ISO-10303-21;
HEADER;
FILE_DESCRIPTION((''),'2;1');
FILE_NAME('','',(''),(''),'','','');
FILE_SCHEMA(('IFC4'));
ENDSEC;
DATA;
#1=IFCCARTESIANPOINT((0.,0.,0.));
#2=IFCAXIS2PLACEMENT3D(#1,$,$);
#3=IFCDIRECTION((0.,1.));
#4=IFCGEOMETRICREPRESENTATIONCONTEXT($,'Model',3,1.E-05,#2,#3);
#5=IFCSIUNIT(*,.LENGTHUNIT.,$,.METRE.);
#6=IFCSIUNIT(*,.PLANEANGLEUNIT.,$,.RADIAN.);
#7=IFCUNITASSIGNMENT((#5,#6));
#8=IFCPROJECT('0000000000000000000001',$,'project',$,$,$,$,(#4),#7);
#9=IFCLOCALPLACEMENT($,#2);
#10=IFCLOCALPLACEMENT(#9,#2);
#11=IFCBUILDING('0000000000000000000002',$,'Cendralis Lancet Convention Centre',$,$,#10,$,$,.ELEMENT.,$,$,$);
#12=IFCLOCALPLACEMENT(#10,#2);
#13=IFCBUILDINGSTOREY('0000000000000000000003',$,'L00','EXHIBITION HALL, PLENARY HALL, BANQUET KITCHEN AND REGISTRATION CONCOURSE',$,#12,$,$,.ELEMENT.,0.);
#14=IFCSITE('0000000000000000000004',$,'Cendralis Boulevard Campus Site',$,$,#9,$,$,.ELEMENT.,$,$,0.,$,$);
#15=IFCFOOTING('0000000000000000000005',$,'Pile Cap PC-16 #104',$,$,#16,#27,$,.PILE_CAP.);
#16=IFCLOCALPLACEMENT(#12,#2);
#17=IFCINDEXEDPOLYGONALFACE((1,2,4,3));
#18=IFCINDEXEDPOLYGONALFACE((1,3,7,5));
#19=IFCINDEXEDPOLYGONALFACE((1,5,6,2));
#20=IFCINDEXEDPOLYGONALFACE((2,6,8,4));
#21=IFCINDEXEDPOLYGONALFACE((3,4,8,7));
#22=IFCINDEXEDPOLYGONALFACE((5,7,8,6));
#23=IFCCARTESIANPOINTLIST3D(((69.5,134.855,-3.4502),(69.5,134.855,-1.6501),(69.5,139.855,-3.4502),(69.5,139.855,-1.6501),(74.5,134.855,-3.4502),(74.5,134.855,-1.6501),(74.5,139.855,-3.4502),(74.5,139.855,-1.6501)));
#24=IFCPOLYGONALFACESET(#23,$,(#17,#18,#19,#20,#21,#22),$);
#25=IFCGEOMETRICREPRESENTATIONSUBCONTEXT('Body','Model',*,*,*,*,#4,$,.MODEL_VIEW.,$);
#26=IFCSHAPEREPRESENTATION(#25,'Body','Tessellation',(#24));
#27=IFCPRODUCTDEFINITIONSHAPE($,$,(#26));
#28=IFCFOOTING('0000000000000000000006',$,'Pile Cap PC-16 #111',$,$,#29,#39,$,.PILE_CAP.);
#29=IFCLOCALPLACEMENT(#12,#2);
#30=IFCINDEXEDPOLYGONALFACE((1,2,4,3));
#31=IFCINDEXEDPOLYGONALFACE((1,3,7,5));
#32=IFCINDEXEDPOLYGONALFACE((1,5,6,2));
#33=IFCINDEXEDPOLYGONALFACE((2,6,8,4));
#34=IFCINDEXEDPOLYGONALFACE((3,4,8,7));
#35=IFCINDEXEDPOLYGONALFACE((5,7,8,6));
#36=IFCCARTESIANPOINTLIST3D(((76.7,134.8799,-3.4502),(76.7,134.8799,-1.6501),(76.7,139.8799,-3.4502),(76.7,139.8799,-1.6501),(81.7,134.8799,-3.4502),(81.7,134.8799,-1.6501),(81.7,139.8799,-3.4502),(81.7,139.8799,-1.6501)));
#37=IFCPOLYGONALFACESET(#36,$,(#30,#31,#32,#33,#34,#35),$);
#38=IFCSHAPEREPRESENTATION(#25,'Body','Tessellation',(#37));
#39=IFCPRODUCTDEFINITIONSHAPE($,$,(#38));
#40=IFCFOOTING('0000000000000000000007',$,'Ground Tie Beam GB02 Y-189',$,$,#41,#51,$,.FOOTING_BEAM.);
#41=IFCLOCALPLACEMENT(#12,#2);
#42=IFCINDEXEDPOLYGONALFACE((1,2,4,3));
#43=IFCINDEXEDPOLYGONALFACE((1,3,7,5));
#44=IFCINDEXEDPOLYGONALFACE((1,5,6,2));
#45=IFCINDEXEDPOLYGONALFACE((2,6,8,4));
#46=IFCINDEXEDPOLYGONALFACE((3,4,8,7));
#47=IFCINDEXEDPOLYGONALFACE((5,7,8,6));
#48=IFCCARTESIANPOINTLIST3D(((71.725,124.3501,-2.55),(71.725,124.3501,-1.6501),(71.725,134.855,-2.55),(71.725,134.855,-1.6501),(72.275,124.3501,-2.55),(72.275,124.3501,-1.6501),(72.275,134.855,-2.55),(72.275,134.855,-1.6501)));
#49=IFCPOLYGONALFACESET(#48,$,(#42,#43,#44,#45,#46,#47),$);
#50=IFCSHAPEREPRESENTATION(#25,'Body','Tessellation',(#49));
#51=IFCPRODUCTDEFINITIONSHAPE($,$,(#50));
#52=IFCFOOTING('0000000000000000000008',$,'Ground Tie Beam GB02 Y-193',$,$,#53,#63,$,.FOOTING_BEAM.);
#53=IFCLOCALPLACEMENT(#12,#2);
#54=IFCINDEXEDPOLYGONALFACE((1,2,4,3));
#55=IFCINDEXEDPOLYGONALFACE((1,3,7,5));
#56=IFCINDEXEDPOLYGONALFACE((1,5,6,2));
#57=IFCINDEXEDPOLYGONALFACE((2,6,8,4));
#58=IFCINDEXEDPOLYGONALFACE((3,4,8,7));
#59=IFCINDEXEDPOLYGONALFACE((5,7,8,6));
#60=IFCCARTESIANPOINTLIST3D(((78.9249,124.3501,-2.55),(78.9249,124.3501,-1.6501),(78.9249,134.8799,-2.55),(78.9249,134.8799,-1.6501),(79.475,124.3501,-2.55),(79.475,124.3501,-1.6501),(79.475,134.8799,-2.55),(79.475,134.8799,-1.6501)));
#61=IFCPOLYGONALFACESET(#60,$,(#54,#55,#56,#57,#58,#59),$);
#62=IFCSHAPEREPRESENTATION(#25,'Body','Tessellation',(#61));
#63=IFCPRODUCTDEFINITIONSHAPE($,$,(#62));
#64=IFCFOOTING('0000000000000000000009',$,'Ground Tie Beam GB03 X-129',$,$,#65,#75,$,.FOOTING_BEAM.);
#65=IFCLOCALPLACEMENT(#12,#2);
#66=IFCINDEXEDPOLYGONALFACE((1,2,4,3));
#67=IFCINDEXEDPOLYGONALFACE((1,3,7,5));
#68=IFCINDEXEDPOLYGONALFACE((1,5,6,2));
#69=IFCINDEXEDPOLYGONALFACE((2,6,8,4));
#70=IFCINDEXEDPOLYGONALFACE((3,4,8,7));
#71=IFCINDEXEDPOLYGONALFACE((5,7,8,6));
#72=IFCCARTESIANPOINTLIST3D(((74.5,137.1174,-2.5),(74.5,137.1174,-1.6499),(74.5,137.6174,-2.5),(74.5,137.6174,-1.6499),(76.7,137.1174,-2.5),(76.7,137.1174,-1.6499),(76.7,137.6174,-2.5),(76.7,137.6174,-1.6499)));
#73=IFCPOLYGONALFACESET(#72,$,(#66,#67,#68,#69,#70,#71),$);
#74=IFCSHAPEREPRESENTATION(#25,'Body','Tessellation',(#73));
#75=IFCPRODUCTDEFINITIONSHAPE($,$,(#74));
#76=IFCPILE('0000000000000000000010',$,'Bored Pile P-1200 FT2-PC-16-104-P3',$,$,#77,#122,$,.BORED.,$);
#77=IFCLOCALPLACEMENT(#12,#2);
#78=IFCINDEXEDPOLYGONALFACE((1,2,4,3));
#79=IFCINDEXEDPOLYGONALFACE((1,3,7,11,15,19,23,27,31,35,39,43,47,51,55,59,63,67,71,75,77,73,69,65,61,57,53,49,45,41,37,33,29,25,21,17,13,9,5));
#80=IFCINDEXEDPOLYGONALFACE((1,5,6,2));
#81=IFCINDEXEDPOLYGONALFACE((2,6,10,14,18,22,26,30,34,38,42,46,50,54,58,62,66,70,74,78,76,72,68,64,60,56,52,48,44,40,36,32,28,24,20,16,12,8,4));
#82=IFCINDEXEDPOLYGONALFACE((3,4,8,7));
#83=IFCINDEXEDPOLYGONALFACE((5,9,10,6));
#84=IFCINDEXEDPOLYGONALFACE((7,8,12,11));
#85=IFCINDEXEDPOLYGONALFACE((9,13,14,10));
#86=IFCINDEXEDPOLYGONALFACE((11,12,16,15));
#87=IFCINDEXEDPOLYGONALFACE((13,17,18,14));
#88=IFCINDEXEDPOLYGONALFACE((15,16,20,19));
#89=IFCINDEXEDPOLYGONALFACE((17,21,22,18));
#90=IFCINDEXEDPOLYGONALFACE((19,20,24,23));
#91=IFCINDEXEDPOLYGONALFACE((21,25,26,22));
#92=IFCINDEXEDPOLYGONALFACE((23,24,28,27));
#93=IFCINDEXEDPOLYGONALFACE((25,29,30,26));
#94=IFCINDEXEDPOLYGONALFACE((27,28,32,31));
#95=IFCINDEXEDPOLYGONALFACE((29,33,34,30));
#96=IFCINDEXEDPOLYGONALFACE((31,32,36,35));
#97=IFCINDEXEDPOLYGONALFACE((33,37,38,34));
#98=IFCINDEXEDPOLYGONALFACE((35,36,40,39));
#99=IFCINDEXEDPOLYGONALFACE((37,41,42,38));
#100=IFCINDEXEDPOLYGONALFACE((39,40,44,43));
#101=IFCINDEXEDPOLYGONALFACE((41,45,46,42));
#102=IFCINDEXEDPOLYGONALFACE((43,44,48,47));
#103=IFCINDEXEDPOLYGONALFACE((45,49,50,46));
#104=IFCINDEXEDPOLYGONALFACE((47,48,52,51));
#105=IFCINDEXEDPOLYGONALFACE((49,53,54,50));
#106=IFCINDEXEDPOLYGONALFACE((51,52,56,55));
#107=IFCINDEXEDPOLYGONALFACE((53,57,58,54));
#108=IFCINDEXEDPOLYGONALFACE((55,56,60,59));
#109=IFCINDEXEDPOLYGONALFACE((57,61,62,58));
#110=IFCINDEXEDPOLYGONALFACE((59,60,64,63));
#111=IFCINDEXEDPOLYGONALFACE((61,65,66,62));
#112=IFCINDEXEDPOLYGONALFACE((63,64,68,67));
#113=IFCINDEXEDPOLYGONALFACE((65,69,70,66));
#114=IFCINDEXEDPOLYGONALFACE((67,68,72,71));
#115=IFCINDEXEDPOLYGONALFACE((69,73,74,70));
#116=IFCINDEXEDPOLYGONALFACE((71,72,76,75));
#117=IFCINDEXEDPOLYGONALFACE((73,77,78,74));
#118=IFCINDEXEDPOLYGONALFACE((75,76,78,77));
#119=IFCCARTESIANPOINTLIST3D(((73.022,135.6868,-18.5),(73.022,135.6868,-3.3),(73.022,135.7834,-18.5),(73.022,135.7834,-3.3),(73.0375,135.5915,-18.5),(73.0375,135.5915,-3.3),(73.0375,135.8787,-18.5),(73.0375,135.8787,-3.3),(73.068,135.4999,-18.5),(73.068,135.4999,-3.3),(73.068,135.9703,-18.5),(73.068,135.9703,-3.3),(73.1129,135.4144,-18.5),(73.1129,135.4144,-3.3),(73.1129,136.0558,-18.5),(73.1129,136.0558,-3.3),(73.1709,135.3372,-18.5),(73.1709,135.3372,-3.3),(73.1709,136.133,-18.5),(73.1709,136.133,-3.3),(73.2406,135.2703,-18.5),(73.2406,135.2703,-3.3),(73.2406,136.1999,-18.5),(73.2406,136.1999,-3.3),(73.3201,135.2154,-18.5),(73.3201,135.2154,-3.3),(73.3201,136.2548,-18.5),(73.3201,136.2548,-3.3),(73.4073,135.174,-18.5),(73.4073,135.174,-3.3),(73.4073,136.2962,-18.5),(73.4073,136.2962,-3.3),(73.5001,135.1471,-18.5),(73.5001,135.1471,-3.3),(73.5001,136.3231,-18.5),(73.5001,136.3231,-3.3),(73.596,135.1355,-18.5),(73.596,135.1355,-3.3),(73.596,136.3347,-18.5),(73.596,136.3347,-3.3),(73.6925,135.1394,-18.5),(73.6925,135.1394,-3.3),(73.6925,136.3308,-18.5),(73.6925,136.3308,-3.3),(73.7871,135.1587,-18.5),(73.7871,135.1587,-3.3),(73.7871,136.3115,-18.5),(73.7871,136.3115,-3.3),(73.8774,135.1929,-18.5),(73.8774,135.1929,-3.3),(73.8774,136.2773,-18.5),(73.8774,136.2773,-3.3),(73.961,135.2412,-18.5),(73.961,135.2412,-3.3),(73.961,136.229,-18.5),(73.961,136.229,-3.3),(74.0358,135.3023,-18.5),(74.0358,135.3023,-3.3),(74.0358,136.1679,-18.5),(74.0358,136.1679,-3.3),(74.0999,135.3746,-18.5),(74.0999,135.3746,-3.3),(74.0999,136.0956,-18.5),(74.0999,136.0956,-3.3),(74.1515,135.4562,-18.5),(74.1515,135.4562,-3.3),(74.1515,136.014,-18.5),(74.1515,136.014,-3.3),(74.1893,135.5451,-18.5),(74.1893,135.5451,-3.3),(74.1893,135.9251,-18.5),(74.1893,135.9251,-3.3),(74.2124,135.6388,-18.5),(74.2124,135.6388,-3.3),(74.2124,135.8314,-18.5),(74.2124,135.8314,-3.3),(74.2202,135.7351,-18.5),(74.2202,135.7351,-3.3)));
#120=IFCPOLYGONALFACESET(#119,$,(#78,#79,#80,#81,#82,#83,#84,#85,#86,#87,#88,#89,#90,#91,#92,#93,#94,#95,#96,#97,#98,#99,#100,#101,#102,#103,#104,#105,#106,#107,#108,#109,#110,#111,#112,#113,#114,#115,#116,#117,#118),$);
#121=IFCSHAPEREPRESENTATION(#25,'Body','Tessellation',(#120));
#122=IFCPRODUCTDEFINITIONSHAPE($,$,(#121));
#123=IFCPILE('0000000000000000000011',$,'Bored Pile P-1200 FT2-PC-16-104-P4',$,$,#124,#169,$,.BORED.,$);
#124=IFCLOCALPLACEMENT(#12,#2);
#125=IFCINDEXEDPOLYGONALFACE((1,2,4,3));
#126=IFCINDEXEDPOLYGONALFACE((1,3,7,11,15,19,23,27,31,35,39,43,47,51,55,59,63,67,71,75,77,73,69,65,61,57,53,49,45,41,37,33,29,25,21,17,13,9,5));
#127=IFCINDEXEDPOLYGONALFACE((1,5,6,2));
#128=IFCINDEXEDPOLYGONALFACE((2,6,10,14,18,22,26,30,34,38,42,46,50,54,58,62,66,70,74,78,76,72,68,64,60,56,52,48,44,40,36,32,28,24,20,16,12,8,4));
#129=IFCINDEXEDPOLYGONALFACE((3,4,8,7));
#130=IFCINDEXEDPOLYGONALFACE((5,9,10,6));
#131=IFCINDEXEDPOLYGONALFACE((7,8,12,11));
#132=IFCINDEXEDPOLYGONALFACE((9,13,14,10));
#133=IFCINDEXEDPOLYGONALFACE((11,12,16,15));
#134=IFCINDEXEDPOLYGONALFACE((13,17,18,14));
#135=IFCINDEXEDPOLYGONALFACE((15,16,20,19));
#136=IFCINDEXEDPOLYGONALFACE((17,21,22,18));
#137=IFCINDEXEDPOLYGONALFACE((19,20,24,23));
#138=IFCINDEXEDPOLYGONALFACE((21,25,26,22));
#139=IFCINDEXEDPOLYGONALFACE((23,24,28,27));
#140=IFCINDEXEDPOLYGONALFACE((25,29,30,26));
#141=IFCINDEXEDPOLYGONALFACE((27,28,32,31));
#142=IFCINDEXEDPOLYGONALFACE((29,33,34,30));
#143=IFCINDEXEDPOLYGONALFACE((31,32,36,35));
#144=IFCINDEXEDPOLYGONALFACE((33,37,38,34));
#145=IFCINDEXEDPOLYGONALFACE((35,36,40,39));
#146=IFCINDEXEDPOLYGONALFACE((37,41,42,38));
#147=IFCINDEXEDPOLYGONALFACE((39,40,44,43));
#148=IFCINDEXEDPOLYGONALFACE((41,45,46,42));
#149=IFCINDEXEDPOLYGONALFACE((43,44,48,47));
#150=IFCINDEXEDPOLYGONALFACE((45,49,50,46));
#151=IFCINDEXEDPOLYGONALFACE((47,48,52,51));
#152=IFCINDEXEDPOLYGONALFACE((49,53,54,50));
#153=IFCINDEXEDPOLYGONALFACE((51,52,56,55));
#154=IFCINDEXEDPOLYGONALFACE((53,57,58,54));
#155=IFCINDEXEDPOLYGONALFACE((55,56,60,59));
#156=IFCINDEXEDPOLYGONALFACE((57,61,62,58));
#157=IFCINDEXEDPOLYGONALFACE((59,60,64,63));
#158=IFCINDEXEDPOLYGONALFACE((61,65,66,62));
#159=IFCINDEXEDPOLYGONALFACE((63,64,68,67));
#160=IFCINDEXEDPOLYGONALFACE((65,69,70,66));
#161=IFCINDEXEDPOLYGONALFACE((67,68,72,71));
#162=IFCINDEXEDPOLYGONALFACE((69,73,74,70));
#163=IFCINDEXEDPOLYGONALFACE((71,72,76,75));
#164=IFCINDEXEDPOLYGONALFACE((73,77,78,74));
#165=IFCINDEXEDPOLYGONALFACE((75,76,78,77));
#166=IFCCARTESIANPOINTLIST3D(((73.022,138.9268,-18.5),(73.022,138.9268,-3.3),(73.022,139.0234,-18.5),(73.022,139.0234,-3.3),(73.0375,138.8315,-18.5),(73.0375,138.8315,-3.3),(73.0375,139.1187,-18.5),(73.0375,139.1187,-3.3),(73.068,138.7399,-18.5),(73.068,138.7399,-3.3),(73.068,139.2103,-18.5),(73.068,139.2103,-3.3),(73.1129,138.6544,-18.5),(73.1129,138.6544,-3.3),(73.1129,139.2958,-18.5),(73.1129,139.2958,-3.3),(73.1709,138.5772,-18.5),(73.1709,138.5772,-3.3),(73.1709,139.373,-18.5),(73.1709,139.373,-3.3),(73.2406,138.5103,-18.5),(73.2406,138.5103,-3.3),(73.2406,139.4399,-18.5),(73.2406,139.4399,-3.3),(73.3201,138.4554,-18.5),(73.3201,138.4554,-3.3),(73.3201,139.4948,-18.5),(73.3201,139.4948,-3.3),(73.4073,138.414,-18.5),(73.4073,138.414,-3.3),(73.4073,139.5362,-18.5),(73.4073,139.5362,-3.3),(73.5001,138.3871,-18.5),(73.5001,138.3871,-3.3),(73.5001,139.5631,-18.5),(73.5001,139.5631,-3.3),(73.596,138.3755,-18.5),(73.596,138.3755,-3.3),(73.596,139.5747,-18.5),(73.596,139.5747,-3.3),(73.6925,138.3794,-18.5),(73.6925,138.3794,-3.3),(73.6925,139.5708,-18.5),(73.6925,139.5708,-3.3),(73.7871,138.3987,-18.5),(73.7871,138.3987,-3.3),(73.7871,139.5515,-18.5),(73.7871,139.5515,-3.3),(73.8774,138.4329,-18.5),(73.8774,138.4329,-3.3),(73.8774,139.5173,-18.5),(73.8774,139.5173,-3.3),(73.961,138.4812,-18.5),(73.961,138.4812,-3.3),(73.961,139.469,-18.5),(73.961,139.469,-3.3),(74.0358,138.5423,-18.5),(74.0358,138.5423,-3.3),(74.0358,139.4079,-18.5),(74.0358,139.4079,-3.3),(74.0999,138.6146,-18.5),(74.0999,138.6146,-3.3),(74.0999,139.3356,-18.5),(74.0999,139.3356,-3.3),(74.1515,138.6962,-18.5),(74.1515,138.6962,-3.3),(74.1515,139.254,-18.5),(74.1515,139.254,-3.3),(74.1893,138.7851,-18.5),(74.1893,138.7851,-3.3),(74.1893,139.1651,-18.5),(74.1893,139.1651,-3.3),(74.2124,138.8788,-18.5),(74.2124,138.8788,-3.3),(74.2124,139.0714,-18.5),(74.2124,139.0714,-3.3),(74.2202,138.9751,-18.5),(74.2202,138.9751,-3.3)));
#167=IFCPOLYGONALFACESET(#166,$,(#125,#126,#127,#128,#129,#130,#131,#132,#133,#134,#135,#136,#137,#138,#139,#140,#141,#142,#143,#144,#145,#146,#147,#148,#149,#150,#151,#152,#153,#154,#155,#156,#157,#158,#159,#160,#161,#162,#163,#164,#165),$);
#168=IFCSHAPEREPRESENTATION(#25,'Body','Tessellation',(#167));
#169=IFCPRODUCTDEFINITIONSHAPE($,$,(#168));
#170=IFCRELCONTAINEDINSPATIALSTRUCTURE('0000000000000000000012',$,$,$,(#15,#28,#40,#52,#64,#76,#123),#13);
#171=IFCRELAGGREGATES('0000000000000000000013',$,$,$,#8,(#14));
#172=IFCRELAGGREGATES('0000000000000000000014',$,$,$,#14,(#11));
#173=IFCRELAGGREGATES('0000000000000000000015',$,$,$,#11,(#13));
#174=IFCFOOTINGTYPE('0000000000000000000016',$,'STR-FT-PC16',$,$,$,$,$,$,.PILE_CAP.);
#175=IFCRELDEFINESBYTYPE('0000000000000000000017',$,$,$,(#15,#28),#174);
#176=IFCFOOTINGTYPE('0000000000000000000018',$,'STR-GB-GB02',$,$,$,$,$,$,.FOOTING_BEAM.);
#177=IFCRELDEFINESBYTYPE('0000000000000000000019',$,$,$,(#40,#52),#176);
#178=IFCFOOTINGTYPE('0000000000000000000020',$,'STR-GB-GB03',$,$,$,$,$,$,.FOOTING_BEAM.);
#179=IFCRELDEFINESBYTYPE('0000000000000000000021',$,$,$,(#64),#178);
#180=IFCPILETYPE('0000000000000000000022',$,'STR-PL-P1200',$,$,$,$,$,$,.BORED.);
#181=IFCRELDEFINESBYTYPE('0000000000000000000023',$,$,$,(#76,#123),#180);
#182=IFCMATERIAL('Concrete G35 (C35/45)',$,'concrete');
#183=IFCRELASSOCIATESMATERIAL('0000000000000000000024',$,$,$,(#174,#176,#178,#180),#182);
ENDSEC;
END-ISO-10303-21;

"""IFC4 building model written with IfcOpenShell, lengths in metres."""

from ifc_helpers import new_model, si_unit, direction, frame, origin, origin_2d, place, context, subcontext, project, spatial, rectangle, circle, extrude, material, material_profile, profile_set, type_object, element, save


model = new_model("IFC4")

# Units and contexts
model_context = context("Model", 3, precision=1e-05, world=origin(), true_north=direction((0.0, 1.0)))
body_context = subcontext(model_context, "Body", "Model", "MODEL_VIEW")
ifc_project = project(units=[si_unit("LENGTHUNIT", "METRE"), si_unit("PLANEANGLEUNIT", "RADIAN")], contexts=[model_context])

# Site, building, storey
site_placement = place(None, origin())
site = spatial("IfcSite", under=ifc_project, at=site_placement, Name="Cendralis Boulevard Campus Site", CompositionType="ELEMENT", RefElevation=0.0)
building_placement = place(site_placement, origin())
building = spatial("IfcBuilding", under=site, at=building_placement, Name="Cendralis Lancet Convention Centre", CompositionType="ELEMENT")
storey_placement = place(building_placement, origin())
storey = spatial("IfcBuildingStorey", under=building, at=storey_placement, Name="L00", Description="EXHIBITION HALL, PLENARY HALL, BANQUET KITCHEN AND REGISTRATION CONCOURSE", CompositionType="ELEMENT", Elevation=0.0)

# Footings
ifc_material_1 = material(Name="Concrete G35 (C35/45)", Category="concrete")
footing_type_1 = type_object("IfcFootingType", Name="STR-FT-PC16", PredefinedType="PILE_CAP", material=ifc_material_1)
for number, where, z_axis, x_axis, name in (
    (1, (72.0, 137.355, -3.4502), (0.0, 0.0, 1.0), (1.0, 0.0, 0.0), "Pile Cap PC-16 #104"),
    (2, (79.2, 137.3799, -3.4502), (0.0, 0.0, 1.0), (1.0, 0.0, 0.0), "Pile Cap PC-16 #111"),
):
    element("IfcFooting", number, at=place(storey_placement, frame(where, z_axis=z_axis, x_axis=x_axis)), inside=storey, type_object=footing_type_1, Name=name, PredefinedType="PILE_CAP", context=body_context, shape_type="SweptSolid", body=[
        extrude(rectangle(XDim=5.0, YDim=5.0, at=origin_2d()), origin(), (0.0, 0.0, 1.0), 1.8),
    ])
ifc_material_profile_1 = material_profile(ifc_material_1, rectangle(XDim=0.55, YDim=0.8999, at=origin_2d()), Name="RCB 550x900")
ifc_profile_set_1 = profile_set([ifc_material_profile_1], Name="Concrete G35 (C35/45)")
footing_type_2 = type_object("IfcFootingType", Name="STR-GB-GB02", PredefinedType="FOOTING_BEAM", material=ifc_profile_set_1)
footing_1_placement = place(storey_placement, frame((72.0, 124.3501, -2.1001), z_axis=(0.0, 1.0, 0.0), x_axis=(-1.0, 0.0, 0.0)))
element("IfcFooting", 3, at=footing_1_placement, inside=storey, type_object=footing_type_2, Name="Ground Tie Beam GB02 Y-189", PredefinedType="FOOTING_BEAM", context=body_context, shape_type="SweptSolid", body=[
    extrude(rectangle(XDim=0.55, YDim=0.8999, at=origin_2d()), origin(), (0.0, 0.0, 1.0), 10.5049),
])
footing_2_placement = place(storey_placement, frame((79.2, 124.3501, -2.1001), z_axis=(0.0, 1.0, 0.0), x_axis=(-1.0, 0.0, 0.0)))
element("IfcFooting", 4, at=footing_2_placement, inside=storey, type_object=footing_type_2, Name="Ground Tie Beam GB02 Y-193", PredefinedType="FOOTING_BEAM", context=body_context, shape_type="SweptSolid", body=[
    extrude(rectangle(XDim=0.55, YDim=0.8999, at=origin_2d()), origin(), (0.0, 0.0, 1.0), 10.5298),
])
ifc_material_profile_2 = material_profile(ifc_material_1, rectangle(XDim=0.5, YDim=0.8501, at=origin_2d()), Name="RCB 500x850")
ifc_profile_set_2 = profile_set([ifc_material_profile_2], Name="Concrete G35 (C35/45)")
footing_type_3 = type_object("IfcFootingType", Name="STR-GB-GB03", PredefinedType="FOOTING_BEAM", material=ifc_profile_set_2)
footing_3_placement = place(storey_placement, frame((74.5, 137.3674, -2.075), z_axis=(1.0, 0.0, 0.0), x_axis=(0.0, 1.0, 0.0)))
element("IfcFooting", 5, at=footing_3_placement, inside=storey, type_object=footing_type_3, Name="Ground Tie Beam GB03 X-129", PredefinedType="FOOTING_BEAM", context=body_context, shape_type="SweptSolid", body=[
    extrude(rectangle(XDim=0.5, YDim=0.8501, at=origin_2d()), origin(), (0.0, 0.0, 1.0), 2.2),
])

# Piles
ifc_material_profile_3 = material_profile(ifc_material_1, circle(Radius=0.6001, at=origin_2d()), Name="BORED PILE D1200")
ifc_profile_set_3 = profile_set([ifc_material_profile_3], Name="Concrete G35 (C35/45)")
pile_type = type_object("IfcPileType", Name="STR-PL-P1200", PredefinedType="BORED", material=ifc_profile_set_3)
for number, where, z_axis, x_axis, name in (
    (6, (73.6201, 135.7351, -3.3), (0.0, 0.0, -1.0), (1.0, 0.0, 0.0), "Bored Pile P-1200 FT2-PC-16-104-P3"),
    (7, (73.6201, 138.9751, -3.3), (0.0, 0.0, -1.0), (1.0, 0.0, 0.0), "Bored Pile P-1200 FT2-PC-16-104-P4"),
):
    element("IfcPile", number, at=place(storey_placement, frame(where, z_axis=z_axis, x_axis=x_axis)), inside=storey, type_object=pile_type, Name=name, PredefinedType="BORED", context=body_context, shape_type="SweptSolid", body=[
        extrude(circle(Radius=0.6001, at=origin_2d()), origin(), (0.0, 0.0, 1.0), 15.2),
    ])

save(model, "model.ifc")
